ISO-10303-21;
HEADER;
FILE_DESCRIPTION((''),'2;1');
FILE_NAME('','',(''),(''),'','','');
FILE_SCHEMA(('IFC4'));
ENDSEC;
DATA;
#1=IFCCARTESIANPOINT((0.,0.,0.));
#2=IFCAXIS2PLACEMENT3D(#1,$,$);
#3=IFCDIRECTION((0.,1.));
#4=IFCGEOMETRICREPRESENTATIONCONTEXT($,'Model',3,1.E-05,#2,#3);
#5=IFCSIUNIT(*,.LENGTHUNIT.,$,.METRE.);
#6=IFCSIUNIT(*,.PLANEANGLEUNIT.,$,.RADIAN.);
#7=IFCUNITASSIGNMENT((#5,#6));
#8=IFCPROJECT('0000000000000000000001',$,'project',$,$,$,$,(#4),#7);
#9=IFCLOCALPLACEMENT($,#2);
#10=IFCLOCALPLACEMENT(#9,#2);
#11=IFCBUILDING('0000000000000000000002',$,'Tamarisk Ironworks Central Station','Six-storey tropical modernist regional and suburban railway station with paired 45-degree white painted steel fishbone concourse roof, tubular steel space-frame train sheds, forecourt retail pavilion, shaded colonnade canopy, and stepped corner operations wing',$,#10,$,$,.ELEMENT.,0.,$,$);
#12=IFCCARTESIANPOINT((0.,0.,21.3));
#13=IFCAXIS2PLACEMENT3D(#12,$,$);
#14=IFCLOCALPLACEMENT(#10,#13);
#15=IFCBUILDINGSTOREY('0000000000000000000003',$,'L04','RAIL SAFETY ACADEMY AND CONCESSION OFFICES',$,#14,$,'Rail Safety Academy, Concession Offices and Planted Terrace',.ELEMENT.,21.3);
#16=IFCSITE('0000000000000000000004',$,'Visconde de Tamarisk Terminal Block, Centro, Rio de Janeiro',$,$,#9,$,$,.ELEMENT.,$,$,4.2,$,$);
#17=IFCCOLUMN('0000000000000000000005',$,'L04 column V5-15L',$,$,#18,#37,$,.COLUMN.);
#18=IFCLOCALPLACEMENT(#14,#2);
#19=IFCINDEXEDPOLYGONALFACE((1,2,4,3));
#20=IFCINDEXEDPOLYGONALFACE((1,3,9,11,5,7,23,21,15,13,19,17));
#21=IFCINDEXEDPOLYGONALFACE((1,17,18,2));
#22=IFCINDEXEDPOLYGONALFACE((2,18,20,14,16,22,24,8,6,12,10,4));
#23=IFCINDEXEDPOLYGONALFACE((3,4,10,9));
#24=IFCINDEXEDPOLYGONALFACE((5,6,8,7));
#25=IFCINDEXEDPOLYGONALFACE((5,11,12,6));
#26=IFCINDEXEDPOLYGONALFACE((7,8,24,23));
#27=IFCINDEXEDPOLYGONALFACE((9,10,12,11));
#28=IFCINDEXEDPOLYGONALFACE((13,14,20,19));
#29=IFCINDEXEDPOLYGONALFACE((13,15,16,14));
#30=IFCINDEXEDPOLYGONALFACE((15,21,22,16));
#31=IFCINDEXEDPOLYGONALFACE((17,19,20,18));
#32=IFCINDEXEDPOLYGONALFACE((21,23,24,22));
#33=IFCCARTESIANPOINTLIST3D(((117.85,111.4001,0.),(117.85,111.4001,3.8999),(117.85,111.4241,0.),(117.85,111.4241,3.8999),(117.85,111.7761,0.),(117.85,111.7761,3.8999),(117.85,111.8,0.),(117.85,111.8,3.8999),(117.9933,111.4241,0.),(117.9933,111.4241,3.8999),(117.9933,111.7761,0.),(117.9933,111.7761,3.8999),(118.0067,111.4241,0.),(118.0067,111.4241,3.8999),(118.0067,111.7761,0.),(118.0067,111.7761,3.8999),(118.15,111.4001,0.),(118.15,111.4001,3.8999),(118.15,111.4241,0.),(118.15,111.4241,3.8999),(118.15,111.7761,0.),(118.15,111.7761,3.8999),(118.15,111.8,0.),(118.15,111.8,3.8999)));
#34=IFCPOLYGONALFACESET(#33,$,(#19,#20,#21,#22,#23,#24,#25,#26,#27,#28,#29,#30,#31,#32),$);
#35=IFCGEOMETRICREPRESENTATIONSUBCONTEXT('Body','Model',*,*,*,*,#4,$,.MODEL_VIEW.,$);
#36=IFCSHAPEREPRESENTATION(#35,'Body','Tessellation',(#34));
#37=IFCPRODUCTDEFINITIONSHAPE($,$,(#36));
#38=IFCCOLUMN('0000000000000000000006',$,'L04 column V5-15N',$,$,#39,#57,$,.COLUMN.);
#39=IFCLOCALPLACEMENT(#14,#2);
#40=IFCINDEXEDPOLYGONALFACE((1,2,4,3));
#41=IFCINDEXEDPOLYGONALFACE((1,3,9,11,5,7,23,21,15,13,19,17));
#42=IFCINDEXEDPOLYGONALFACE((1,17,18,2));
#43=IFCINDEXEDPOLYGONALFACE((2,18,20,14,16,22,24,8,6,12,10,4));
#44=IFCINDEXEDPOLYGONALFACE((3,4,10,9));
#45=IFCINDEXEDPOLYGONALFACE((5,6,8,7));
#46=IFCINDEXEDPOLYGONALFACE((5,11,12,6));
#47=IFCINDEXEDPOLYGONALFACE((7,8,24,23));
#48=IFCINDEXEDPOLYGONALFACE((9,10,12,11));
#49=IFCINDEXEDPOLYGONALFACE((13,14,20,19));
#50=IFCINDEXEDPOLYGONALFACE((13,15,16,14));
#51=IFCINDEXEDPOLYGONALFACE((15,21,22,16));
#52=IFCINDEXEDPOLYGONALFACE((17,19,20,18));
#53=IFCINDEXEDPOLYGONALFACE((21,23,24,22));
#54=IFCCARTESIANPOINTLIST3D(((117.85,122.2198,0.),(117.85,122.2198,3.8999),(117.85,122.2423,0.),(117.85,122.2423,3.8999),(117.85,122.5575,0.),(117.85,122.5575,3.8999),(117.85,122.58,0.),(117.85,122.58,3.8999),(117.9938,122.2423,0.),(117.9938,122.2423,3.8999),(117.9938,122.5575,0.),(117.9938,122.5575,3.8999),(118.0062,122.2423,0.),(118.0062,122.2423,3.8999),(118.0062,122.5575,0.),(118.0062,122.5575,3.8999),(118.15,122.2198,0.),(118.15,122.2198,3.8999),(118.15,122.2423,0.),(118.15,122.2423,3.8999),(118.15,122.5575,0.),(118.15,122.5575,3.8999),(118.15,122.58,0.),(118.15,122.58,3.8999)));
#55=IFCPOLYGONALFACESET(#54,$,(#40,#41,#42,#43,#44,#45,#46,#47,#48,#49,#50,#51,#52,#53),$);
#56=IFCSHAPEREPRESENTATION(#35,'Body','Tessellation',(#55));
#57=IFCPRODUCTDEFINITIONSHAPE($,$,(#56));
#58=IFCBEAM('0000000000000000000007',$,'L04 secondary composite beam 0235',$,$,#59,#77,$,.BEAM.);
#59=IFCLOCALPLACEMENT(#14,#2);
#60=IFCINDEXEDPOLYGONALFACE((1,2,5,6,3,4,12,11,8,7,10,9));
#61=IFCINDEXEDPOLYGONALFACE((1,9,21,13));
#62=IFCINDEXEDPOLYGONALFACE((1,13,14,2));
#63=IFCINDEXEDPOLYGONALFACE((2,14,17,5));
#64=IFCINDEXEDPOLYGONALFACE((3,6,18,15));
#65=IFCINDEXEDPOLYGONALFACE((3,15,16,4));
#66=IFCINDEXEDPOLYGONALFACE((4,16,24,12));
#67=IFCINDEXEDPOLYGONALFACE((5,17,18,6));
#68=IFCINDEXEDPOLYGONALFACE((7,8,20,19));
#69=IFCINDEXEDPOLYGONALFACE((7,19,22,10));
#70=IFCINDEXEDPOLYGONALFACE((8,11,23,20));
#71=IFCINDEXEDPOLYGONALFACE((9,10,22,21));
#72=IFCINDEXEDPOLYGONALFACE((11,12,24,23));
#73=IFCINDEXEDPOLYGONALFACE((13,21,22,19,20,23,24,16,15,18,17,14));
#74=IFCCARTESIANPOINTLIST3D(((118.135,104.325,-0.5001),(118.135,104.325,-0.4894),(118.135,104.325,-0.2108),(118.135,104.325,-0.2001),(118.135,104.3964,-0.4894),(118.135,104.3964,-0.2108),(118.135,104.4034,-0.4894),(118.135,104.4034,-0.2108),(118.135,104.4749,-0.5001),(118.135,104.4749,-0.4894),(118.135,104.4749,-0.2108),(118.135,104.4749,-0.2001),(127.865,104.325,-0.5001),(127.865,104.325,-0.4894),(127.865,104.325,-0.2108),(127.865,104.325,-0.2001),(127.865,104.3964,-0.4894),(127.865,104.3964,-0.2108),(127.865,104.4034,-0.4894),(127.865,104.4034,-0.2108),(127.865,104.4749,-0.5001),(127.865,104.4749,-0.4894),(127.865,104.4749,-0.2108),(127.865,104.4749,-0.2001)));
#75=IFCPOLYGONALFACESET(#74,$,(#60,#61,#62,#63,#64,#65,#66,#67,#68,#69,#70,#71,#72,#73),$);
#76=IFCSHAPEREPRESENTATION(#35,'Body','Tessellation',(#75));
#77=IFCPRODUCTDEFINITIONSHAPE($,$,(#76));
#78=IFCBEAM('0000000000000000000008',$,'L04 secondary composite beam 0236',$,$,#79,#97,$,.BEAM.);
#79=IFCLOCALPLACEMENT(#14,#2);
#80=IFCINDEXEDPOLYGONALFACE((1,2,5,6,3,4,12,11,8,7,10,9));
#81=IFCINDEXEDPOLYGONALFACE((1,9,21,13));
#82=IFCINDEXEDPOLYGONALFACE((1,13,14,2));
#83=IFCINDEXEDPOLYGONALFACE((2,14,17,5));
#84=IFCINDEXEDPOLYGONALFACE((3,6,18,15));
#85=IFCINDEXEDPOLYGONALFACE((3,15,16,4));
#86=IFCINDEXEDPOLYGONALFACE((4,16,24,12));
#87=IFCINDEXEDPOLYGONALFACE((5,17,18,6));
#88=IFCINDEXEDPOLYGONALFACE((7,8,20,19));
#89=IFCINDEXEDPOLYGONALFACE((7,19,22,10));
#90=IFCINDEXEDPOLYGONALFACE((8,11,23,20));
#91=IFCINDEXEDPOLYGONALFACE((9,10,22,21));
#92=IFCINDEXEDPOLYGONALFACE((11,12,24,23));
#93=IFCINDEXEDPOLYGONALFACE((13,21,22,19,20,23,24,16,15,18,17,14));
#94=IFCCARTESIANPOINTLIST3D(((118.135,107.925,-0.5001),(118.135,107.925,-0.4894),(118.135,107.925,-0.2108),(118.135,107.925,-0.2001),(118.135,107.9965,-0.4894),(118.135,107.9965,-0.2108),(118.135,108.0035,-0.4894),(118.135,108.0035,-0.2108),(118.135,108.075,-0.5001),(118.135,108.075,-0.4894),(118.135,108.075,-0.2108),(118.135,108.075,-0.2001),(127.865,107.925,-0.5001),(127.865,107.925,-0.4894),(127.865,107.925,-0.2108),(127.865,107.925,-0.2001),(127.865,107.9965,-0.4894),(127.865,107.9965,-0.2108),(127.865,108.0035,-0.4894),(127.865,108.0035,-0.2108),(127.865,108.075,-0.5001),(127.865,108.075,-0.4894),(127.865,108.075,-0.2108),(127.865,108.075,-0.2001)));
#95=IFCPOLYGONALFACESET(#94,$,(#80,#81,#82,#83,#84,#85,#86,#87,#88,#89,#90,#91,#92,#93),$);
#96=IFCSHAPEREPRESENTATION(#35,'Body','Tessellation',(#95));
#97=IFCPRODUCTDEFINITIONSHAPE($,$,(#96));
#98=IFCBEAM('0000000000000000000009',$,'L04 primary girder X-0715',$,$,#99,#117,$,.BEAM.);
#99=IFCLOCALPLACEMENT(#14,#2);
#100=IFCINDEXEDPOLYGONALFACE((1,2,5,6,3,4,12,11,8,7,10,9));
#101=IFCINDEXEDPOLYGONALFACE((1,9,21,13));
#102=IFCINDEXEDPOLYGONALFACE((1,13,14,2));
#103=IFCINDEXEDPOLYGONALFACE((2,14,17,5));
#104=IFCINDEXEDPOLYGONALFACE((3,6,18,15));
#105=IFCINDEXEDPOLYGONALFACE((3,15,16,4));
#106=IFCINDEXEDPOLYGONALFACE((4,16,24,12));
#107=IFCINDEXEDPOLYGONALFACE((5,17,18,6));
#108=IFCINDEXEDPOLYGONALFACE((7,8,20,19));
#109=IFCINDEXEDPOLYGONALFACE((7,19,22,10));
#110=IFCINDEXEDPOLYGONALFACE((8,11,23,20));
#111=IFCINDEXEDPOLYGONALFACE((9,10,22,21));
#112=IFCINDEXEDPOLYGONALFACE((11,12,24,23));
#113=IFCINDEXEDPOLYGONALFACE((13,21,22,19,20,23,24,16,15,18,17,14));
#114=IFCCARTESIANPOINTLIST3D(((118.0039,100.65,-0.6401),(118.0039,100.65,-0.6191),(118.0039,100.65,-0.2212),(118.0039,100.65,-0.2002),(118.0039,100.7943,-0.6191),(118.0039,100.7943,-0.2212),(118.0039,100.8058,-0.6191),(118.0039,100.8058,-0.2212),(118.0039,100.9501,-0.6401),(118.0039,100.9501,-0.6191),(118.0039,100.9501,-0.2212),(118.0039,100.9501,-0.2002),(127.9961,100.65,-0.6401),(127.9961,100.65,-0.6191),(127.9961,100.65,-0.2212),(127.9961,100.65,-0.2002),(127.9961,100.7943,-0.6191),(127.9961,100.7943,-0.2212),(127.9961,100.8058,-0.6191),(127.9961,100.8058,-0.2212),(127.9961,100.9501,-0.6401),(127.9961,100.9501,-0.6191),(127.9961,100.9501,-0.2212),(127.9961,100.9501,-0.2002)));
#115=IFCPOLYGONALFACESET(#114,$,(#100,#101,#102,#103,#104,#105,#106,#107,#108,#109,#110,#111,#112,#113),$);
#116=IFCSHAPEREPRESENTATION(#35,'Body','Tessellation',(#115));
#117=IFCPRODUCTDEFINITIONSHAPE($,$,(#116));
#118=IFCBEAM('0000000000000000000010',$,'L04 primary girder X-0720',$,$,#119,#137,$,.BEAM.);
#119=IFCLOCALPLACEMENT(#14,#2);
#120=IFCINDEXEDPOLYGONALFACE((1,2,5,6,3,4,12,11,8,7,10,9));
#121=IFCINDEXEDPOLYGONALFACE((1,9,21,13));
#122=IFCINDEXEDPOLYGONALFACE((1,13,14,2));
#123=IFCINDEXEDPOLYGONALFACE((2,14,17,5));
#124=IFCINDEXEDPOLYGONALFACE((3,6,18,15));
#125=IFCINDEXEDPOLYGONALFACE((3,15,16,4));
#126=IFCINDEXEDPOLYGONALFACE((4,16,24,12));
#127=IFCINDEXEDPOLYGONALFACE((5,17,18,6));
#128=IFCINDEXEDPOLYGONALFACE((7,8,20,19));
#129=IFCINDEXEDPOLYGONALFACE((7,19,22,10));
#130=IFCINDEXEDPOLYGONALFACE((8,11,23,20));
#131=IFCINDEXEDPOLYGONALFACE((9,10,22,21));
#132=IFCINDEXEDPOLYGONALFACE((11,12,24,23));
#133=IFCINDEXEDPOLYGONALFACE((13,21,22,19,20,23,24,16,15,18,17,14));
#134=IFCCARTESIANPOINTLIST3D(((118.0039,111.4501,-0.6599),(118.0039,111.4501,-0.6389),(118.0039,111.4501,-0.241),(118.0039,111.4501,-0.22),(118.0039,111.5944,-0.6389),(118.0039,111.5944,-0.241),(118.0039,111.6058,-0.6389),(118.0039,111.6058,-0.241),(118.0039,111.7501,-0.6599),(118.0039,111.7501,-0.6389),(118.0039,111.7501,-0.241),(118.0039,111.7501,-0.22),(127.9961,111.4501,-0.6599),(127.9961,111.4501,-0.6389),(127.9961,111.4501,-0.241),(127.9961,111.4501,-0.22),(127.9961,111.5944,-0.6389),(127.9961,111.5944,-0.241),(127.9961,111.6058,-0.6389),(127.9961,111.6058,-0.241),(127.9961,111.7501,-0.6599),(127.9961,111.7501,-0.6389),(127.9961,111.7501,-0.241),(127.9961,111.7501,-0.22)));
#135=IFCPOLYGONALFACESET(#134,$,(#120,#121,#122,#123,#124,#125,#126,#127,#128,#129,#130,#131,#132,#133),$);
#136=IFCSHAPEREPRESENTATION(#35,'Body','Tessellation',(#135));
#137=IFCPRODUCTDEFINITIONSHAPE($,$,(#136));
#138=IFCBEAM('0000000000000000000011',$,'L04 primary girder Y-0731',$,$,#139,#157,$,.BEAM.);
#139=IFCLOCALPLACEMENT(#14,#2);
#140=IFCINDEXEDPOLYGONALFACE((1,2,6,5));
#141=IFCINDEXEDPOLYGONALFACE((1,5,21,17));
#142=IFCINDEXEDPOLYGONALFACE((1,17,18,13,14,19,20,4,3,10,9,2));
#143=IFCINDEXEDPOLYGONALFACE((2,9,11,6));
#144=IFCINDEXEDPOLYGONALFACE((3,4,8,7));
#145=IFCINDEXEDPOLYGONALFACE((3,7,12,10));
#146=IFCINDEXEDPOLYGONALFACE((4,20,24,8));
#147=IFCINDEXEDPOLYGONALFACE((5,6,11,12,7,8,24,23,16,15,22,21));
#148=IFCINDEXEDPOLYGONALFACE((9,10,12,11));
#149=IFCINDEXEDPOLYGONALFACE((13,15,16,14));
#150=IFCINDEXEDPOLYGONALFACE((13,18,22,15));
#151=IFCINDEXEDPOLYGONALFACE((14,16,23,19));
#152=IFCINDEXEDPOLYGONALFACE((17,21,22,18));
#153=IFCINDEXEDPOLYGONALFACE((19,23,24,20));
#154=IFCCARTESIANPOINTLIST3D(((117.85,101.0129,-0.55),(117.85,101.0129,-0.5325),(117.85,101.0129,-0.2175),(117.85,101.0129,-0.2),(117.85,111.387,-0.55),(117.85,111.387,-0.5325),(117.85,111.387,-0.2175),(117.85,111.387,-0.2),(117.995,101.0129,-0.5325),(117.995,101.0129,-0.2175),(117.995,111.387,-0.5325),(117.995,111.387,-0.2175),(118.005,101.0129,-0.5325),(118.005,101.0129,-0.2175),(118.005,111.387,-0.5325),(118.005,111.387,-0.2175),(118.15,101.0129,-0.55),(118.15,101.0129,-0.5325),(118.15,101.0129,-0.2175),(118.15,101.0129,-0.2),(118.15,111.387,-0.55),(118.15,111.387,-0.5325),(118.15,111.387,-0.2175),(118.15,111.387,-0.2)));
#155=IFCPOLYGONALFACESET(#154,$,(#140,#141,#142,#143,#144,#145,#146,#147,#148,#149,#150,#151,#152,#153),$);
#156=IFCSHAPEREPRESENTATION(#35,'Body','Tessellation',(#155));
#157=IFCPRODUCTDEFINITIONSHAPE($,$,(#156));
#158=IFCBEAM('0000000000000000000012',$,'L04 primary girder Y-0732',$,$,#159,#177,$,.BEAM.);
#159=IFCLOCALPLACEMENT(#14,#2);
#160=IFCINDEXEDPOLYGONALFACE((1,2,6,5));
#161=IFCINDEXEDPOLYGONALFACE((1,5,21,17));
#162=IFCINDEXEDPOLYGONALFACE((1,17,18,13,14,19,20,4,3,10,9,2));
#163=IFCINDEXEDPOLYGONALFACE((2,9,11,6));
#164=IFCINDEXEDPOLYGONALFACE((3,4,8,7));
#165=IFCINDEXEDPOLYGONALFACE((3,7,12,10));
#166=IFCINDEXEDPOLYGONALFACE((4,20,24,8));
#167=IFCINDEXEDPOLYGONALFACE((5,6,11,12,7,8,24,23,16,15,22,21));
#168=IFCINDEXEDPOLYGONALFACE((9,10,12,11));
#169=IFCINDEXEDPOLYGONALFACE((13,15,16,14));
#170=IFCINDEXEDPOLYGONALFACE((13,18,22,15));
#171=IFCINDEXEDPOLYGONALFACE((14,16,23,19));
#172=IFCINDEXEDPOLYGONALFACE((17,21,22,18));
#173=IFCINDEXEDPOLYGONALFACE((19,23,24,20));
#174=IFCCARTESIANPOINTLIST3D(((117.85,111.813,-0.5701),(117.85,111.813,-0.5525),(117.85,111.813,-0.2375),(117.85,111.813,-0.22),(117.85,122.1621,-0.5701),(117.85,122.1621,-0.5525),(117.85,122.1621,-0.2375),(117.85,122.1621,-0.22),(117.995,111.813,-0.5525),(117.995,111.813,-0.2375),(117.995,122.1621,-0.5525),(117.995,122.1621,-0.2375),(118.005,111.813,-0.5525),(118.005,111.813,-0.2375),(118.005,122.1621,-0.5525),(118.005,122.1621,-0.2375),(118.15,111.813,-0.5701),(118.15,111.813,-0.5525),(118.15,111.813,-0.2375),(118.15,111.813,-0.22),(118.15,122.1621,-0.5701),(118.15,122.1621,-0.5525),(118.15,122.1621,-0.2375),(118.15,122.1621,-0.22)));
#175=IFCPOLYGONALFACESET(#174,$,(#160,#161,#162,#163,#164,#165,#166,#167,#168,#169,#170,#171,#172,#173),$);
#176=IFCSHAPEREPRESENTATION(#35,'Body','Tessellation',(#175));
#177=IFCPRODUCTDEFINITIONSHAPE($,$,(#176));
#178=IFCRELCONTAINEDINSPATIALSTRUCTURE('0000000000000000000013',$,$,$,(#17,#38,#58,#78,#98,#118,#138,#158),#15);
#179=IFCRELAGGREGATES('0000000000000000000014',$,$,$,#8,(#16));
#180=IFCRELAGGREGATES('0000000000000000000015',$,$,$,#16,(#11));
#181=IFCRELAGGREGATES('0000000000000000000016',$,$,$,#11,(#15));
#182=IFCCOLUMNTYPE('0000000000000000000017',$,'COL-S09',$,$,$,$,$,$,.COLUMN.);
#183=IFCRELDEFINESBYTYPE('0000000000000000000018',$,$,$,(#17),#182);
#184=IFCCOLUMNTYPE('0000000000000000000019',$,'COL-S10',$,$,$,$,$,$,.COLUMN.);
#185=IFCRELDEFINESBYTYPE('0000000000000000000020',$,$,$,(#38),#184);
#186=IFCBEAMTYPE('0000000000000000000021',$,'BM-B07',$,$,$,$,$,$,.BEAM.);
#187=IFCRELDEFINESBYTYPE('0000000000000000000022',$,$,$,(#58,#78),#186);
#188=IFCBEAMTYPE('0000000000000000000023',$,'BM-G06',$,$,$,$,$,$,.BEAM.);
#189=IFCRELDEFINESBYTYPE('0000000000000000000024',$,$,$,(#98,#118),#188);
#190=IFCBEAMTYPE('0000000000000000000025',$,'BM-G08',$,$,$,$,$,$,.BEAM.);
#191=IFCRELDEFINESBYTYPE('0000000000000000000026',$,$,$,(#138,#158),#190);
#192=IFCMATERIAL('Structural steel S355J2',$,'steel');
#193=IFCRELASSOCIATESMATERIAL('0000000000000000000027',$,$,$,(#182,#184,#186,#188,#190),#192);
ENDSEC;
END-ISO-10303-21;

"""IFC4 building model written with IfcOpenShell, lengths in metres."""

from ifc_helpers import new_model, si_unit, direction, frame, origin, origin_2d, place, context, subcontext, project, spatial, i_section, extrude, material, material_profile, profile_set, type_object, element, save


model = new_model("IFC4")

# Units and contexts
model_context = context("Model", 3, precision=1e-05, world=origin(), true_north=direction((0.0, 1.0)))
body_context = subcontext(model_context, "Body", "Model", "MODEL_VIEW")
ifc_project = project(units=[si_unit("LENGTHUNIT", "METRE"), si_unit("PLANEANGLEUNIT", "RADIAN")], contexts=[model_context])

# Site, building, storey
site_placement = place(None, origin())
site = spatial("IfcSite", under=ifc_project, at=site_placement, Name="Visconde de Tamarisk Terminal Block, Centro, Rio de Janeiro", CompositionType="ELEMENT", RefElevation=4.2)
building_placement = place(site_placement, origin())
building = spatial("IfcBuilding", under=site, at=building_placement, Name="Tamarisk Ironworks Central Station", Description="Six-storey tropical modernist regional and suburban railway station with paired 45-degree white painted steel fishbone concourse roof, tubular steel space-frame train sheds, forecourt retail pavilion, shaded colonnade canopy, and stepped corner operations wing", CompositionType="ELEMENT", ElevationOfRefHeight=0.0)
storey_placement = place(building_placement, frame((0.0, 0.0, 21.3)))
storey = spatial("IfcBuildingStorey", under=building, at=storey_placement, Name="L04", Description="RAIL SAFETY ACADEMY AND CONCESSION OFFICES", LongName="Rail Safety Academy, Concession Offices and Planted Terrace", CompositionType="ELEMENT", Elevation=21.3)

# Columns
ifc_material_1 = material(Name="Structural steel S355J2", Category="steel")
ifc_material_profile_1 = material_profile(ifc_material_1, i_section(OverallWidth=0.3, OverallDepth=0.3999, WebThickness=0.0134, FlangeThickness=0.0239, at=origin_2d()), Name="HEB 400")
ifc_profile_set_1 = profile_set([ifc_material_profile_1], Name="Structural steel S355J2")
column_type_1 = type_object("IfcColumnType", Name="COL-S09", PredefinedType="COLUMN", material=ifc_profile_set_1)
column_1_placement = place(storey_placement, frame((118.0, 111.6001, 0.0), z_axis=(0.0, 0.0, 1.0), x_axis=(1.0, 0.0, 0.0)))
element("IfcColumn", 1, at=column_1_placement, inside=storey, type_object=column_type_1, Name="L04 column V5-15L", PredefinedType="COLUMN", context=body_context, shape_type="SweptSolid", body=[
    extrude(i_section(OverallWidth=0.3, OverallDepth=0.3999, WebThickness=0.0134, FlangeThickness=0.0239, at=origin_2d()), origin(), (0.0, 0.0, 1.0), 3.8999),
])
ifc_material_profile_2 = material_profile(ifc_material_1, i_section(OverallWidth=0.3, OverallDepth=0.3601, WebThickness=0.0125, FlangeThickness=0.0225, at=origin_2d()), Name="HEB 360")
ifc_profile_set_2 = profile_set([ifc_material_profile_2], Name="Structural steel S355J2")
column_type_2 = type_object("IfcColumnType", Name="COL-S10", PredefinedType="COLUMN", material=ifc_profile_set_2)
column_2_placement = place(storey_placement, frame((118.0, 122.3999, 0.0), z_axis=(0.0, 0.0, 1.0), x_axis=(1.0, 0.0, 0.0)))
element("IfcColumn", 2, at=column_2_placement, inside=storey, type_object=column_type_2, Name="L04 column V5-15N", PredefinedType="COLUMN", context=body_context, shape_type="SweptSolid", body=[
    extrude(i_section(OverallWidth=0.3, OverallDepth=0.3601, WebThickness=0.0125, FlangeThickness=0.0225, at=origin_2d()), origin(), (0.0, 0.0, 1.0), 3.8999),
])

# Beams
ifc_material_profile_3 = material_profile(ifc_material_1, i_section(OverallWidth=0.1499, OverallDepth=0.3, WebThickness=0.0071, FlangeThickness=0.0107, at=origin_2d()), Name="IPE 300")
ifc_profile_set_3 = profile_set([ifc_material_profile_3], Name="Structural steel S355J2")
beam_type_1 = type_object("IfcBeamType", Name="BM-B07", PredefinedType="BEAM", material=ifc_profile_set_3)
for number, where, z_axis, x_axis, name in (
    (3, (118.135, 104.3999, -0.3501), (1.0, 0.0, 0.0), (0.0, 1.0, 0.0), "L04 secondary composite beam 0235"),
    (4, (118.135, 108.0, -0.3501), (1.0, 0.0, 0.0), (0.0, 1.0, 0.0), "L04 secondary composite beam 0236"),
):
    element("IfcBeam", number, at=place(storey_placement, frame(where, z_axis=z_axis, x_axis=x_axis)), inside=storey, type_object=beam_type_1, Name=name, PredefinedType="BEAM", context=body_context, shape_type="SweptSolid", body=[
        extrude(i_section(OverallWidth=0.1499, OverallDepth=0.3, WebThickness=0.0071, FlangeThickness=0.0107, at=origin_2d()), origin(), (0.0, 0.0, 1.0), 9.73),
    ])
ifc_material_profile_4 = material_profile(ifc_material_1, i_section(OverallWidth=0.3, OverallDepth=0.4399, WebThickness=0.0115, FlangeThickness=0.021, at=origin_2d()), Name="HEA 450")
ifc_profile_set_4 = profile_set([ifc_material_profile_4], Name="Structural steel S355J2")
beam_type_2 = type_object("IfcBeamType", Name="BM-G06", PredefinedType="BEAM", material=ifc_profile_set_4)
for number, where, z_axis, x_axis, name in (
    (5, (118.0039, 100.8, -0.4202), (1.0, 0.0, 0.0), (0.0, 1.0, 0.0), "L04 primary girder X-0715"),
    (6, (118.0039, 111.6001, -0.4399), (1.0, 0.0, 0.0), (0.0, 1.0, 0.0), "L04 primary girder X-0720"),
):
    element("IfcBeam", number, at=place(storey_placement, frame(where, z_axis=z_axis, x_axis=x_axis)), inside=storey, type_object=beam_type_2, Name=name, PredefinedType="BEAM", context=body_context, shape_type="SweptSolid", body=[
        extrude(i_section(OverallWidth=0.3, OverallDepth=0.4399, WebThickness=0.0115, FlangeThickness=0.021, at=origin_2d()), origin(), (0.0, 0.0, 1.0), 9.9922),
    ])
ifc_material_profile_5 = material_profile(ifc_material_1, i_section(OverallWidth=0.3, OverallDepth=0.3501, WebThickness=0.01, FlangeThickness=0.0176, at=origin_2d()), Name="HEA 360")
ifc_profile_set_5 = profile_set([ifc_material_profile_5], Name="Structural steel S355J2")
beam_type_3 = type_object("IfcBeamType", Name="BM-G08", PredefinedType="BEAM", material=ifc_profile_set_5)
beam_1_placement = place(storey_placement, frame((118.0, 101.0129, -0.375), z_axis=(0.0, 1.0, 0.0), x_axis=(-1.0, 0.0, 0.0)))
element("IfcBeam", 7, at=beam_1_placement, inside=storey, type_object=beam_type_3, Name="L04 primary girder Y-0731", PredefinedType="BEAM", context=body_context, shape_type="SweptSolid", body=[
    extrude(i_section(OverallWidth=0.3, OverallDepth=0.3501, WebThickness=0.01, FlangeThickness=0.0176, at=origin_2d()), origin(), (0.0, 0.0, 1.0), 10.374),
])
beam_2_placement = place(storey_placement, frame((118.0, 111.813, -0.395), z_axis=(0.0, 1.0, 0.0), x_axis=(-1.0, 0.0, 0.0)))
element("IfcBeam", 8, at=beam_2_placement, inside=storey, type_object=beam_type_3, Name="L04 primary girder Y-0732", PredefinedType="BEAM", context=body_context, shape_type="SweptSolid", body=[
    extrude(i_section(OverallWidth=0.3, OverallDepth=0.3501, WebThickness=0.01, FlangeThickness=0.0176, at=origin_2d()), origin(), (0.0, 0.0, 1.0), 10.3491),
])

save(model, "model.ifc")
